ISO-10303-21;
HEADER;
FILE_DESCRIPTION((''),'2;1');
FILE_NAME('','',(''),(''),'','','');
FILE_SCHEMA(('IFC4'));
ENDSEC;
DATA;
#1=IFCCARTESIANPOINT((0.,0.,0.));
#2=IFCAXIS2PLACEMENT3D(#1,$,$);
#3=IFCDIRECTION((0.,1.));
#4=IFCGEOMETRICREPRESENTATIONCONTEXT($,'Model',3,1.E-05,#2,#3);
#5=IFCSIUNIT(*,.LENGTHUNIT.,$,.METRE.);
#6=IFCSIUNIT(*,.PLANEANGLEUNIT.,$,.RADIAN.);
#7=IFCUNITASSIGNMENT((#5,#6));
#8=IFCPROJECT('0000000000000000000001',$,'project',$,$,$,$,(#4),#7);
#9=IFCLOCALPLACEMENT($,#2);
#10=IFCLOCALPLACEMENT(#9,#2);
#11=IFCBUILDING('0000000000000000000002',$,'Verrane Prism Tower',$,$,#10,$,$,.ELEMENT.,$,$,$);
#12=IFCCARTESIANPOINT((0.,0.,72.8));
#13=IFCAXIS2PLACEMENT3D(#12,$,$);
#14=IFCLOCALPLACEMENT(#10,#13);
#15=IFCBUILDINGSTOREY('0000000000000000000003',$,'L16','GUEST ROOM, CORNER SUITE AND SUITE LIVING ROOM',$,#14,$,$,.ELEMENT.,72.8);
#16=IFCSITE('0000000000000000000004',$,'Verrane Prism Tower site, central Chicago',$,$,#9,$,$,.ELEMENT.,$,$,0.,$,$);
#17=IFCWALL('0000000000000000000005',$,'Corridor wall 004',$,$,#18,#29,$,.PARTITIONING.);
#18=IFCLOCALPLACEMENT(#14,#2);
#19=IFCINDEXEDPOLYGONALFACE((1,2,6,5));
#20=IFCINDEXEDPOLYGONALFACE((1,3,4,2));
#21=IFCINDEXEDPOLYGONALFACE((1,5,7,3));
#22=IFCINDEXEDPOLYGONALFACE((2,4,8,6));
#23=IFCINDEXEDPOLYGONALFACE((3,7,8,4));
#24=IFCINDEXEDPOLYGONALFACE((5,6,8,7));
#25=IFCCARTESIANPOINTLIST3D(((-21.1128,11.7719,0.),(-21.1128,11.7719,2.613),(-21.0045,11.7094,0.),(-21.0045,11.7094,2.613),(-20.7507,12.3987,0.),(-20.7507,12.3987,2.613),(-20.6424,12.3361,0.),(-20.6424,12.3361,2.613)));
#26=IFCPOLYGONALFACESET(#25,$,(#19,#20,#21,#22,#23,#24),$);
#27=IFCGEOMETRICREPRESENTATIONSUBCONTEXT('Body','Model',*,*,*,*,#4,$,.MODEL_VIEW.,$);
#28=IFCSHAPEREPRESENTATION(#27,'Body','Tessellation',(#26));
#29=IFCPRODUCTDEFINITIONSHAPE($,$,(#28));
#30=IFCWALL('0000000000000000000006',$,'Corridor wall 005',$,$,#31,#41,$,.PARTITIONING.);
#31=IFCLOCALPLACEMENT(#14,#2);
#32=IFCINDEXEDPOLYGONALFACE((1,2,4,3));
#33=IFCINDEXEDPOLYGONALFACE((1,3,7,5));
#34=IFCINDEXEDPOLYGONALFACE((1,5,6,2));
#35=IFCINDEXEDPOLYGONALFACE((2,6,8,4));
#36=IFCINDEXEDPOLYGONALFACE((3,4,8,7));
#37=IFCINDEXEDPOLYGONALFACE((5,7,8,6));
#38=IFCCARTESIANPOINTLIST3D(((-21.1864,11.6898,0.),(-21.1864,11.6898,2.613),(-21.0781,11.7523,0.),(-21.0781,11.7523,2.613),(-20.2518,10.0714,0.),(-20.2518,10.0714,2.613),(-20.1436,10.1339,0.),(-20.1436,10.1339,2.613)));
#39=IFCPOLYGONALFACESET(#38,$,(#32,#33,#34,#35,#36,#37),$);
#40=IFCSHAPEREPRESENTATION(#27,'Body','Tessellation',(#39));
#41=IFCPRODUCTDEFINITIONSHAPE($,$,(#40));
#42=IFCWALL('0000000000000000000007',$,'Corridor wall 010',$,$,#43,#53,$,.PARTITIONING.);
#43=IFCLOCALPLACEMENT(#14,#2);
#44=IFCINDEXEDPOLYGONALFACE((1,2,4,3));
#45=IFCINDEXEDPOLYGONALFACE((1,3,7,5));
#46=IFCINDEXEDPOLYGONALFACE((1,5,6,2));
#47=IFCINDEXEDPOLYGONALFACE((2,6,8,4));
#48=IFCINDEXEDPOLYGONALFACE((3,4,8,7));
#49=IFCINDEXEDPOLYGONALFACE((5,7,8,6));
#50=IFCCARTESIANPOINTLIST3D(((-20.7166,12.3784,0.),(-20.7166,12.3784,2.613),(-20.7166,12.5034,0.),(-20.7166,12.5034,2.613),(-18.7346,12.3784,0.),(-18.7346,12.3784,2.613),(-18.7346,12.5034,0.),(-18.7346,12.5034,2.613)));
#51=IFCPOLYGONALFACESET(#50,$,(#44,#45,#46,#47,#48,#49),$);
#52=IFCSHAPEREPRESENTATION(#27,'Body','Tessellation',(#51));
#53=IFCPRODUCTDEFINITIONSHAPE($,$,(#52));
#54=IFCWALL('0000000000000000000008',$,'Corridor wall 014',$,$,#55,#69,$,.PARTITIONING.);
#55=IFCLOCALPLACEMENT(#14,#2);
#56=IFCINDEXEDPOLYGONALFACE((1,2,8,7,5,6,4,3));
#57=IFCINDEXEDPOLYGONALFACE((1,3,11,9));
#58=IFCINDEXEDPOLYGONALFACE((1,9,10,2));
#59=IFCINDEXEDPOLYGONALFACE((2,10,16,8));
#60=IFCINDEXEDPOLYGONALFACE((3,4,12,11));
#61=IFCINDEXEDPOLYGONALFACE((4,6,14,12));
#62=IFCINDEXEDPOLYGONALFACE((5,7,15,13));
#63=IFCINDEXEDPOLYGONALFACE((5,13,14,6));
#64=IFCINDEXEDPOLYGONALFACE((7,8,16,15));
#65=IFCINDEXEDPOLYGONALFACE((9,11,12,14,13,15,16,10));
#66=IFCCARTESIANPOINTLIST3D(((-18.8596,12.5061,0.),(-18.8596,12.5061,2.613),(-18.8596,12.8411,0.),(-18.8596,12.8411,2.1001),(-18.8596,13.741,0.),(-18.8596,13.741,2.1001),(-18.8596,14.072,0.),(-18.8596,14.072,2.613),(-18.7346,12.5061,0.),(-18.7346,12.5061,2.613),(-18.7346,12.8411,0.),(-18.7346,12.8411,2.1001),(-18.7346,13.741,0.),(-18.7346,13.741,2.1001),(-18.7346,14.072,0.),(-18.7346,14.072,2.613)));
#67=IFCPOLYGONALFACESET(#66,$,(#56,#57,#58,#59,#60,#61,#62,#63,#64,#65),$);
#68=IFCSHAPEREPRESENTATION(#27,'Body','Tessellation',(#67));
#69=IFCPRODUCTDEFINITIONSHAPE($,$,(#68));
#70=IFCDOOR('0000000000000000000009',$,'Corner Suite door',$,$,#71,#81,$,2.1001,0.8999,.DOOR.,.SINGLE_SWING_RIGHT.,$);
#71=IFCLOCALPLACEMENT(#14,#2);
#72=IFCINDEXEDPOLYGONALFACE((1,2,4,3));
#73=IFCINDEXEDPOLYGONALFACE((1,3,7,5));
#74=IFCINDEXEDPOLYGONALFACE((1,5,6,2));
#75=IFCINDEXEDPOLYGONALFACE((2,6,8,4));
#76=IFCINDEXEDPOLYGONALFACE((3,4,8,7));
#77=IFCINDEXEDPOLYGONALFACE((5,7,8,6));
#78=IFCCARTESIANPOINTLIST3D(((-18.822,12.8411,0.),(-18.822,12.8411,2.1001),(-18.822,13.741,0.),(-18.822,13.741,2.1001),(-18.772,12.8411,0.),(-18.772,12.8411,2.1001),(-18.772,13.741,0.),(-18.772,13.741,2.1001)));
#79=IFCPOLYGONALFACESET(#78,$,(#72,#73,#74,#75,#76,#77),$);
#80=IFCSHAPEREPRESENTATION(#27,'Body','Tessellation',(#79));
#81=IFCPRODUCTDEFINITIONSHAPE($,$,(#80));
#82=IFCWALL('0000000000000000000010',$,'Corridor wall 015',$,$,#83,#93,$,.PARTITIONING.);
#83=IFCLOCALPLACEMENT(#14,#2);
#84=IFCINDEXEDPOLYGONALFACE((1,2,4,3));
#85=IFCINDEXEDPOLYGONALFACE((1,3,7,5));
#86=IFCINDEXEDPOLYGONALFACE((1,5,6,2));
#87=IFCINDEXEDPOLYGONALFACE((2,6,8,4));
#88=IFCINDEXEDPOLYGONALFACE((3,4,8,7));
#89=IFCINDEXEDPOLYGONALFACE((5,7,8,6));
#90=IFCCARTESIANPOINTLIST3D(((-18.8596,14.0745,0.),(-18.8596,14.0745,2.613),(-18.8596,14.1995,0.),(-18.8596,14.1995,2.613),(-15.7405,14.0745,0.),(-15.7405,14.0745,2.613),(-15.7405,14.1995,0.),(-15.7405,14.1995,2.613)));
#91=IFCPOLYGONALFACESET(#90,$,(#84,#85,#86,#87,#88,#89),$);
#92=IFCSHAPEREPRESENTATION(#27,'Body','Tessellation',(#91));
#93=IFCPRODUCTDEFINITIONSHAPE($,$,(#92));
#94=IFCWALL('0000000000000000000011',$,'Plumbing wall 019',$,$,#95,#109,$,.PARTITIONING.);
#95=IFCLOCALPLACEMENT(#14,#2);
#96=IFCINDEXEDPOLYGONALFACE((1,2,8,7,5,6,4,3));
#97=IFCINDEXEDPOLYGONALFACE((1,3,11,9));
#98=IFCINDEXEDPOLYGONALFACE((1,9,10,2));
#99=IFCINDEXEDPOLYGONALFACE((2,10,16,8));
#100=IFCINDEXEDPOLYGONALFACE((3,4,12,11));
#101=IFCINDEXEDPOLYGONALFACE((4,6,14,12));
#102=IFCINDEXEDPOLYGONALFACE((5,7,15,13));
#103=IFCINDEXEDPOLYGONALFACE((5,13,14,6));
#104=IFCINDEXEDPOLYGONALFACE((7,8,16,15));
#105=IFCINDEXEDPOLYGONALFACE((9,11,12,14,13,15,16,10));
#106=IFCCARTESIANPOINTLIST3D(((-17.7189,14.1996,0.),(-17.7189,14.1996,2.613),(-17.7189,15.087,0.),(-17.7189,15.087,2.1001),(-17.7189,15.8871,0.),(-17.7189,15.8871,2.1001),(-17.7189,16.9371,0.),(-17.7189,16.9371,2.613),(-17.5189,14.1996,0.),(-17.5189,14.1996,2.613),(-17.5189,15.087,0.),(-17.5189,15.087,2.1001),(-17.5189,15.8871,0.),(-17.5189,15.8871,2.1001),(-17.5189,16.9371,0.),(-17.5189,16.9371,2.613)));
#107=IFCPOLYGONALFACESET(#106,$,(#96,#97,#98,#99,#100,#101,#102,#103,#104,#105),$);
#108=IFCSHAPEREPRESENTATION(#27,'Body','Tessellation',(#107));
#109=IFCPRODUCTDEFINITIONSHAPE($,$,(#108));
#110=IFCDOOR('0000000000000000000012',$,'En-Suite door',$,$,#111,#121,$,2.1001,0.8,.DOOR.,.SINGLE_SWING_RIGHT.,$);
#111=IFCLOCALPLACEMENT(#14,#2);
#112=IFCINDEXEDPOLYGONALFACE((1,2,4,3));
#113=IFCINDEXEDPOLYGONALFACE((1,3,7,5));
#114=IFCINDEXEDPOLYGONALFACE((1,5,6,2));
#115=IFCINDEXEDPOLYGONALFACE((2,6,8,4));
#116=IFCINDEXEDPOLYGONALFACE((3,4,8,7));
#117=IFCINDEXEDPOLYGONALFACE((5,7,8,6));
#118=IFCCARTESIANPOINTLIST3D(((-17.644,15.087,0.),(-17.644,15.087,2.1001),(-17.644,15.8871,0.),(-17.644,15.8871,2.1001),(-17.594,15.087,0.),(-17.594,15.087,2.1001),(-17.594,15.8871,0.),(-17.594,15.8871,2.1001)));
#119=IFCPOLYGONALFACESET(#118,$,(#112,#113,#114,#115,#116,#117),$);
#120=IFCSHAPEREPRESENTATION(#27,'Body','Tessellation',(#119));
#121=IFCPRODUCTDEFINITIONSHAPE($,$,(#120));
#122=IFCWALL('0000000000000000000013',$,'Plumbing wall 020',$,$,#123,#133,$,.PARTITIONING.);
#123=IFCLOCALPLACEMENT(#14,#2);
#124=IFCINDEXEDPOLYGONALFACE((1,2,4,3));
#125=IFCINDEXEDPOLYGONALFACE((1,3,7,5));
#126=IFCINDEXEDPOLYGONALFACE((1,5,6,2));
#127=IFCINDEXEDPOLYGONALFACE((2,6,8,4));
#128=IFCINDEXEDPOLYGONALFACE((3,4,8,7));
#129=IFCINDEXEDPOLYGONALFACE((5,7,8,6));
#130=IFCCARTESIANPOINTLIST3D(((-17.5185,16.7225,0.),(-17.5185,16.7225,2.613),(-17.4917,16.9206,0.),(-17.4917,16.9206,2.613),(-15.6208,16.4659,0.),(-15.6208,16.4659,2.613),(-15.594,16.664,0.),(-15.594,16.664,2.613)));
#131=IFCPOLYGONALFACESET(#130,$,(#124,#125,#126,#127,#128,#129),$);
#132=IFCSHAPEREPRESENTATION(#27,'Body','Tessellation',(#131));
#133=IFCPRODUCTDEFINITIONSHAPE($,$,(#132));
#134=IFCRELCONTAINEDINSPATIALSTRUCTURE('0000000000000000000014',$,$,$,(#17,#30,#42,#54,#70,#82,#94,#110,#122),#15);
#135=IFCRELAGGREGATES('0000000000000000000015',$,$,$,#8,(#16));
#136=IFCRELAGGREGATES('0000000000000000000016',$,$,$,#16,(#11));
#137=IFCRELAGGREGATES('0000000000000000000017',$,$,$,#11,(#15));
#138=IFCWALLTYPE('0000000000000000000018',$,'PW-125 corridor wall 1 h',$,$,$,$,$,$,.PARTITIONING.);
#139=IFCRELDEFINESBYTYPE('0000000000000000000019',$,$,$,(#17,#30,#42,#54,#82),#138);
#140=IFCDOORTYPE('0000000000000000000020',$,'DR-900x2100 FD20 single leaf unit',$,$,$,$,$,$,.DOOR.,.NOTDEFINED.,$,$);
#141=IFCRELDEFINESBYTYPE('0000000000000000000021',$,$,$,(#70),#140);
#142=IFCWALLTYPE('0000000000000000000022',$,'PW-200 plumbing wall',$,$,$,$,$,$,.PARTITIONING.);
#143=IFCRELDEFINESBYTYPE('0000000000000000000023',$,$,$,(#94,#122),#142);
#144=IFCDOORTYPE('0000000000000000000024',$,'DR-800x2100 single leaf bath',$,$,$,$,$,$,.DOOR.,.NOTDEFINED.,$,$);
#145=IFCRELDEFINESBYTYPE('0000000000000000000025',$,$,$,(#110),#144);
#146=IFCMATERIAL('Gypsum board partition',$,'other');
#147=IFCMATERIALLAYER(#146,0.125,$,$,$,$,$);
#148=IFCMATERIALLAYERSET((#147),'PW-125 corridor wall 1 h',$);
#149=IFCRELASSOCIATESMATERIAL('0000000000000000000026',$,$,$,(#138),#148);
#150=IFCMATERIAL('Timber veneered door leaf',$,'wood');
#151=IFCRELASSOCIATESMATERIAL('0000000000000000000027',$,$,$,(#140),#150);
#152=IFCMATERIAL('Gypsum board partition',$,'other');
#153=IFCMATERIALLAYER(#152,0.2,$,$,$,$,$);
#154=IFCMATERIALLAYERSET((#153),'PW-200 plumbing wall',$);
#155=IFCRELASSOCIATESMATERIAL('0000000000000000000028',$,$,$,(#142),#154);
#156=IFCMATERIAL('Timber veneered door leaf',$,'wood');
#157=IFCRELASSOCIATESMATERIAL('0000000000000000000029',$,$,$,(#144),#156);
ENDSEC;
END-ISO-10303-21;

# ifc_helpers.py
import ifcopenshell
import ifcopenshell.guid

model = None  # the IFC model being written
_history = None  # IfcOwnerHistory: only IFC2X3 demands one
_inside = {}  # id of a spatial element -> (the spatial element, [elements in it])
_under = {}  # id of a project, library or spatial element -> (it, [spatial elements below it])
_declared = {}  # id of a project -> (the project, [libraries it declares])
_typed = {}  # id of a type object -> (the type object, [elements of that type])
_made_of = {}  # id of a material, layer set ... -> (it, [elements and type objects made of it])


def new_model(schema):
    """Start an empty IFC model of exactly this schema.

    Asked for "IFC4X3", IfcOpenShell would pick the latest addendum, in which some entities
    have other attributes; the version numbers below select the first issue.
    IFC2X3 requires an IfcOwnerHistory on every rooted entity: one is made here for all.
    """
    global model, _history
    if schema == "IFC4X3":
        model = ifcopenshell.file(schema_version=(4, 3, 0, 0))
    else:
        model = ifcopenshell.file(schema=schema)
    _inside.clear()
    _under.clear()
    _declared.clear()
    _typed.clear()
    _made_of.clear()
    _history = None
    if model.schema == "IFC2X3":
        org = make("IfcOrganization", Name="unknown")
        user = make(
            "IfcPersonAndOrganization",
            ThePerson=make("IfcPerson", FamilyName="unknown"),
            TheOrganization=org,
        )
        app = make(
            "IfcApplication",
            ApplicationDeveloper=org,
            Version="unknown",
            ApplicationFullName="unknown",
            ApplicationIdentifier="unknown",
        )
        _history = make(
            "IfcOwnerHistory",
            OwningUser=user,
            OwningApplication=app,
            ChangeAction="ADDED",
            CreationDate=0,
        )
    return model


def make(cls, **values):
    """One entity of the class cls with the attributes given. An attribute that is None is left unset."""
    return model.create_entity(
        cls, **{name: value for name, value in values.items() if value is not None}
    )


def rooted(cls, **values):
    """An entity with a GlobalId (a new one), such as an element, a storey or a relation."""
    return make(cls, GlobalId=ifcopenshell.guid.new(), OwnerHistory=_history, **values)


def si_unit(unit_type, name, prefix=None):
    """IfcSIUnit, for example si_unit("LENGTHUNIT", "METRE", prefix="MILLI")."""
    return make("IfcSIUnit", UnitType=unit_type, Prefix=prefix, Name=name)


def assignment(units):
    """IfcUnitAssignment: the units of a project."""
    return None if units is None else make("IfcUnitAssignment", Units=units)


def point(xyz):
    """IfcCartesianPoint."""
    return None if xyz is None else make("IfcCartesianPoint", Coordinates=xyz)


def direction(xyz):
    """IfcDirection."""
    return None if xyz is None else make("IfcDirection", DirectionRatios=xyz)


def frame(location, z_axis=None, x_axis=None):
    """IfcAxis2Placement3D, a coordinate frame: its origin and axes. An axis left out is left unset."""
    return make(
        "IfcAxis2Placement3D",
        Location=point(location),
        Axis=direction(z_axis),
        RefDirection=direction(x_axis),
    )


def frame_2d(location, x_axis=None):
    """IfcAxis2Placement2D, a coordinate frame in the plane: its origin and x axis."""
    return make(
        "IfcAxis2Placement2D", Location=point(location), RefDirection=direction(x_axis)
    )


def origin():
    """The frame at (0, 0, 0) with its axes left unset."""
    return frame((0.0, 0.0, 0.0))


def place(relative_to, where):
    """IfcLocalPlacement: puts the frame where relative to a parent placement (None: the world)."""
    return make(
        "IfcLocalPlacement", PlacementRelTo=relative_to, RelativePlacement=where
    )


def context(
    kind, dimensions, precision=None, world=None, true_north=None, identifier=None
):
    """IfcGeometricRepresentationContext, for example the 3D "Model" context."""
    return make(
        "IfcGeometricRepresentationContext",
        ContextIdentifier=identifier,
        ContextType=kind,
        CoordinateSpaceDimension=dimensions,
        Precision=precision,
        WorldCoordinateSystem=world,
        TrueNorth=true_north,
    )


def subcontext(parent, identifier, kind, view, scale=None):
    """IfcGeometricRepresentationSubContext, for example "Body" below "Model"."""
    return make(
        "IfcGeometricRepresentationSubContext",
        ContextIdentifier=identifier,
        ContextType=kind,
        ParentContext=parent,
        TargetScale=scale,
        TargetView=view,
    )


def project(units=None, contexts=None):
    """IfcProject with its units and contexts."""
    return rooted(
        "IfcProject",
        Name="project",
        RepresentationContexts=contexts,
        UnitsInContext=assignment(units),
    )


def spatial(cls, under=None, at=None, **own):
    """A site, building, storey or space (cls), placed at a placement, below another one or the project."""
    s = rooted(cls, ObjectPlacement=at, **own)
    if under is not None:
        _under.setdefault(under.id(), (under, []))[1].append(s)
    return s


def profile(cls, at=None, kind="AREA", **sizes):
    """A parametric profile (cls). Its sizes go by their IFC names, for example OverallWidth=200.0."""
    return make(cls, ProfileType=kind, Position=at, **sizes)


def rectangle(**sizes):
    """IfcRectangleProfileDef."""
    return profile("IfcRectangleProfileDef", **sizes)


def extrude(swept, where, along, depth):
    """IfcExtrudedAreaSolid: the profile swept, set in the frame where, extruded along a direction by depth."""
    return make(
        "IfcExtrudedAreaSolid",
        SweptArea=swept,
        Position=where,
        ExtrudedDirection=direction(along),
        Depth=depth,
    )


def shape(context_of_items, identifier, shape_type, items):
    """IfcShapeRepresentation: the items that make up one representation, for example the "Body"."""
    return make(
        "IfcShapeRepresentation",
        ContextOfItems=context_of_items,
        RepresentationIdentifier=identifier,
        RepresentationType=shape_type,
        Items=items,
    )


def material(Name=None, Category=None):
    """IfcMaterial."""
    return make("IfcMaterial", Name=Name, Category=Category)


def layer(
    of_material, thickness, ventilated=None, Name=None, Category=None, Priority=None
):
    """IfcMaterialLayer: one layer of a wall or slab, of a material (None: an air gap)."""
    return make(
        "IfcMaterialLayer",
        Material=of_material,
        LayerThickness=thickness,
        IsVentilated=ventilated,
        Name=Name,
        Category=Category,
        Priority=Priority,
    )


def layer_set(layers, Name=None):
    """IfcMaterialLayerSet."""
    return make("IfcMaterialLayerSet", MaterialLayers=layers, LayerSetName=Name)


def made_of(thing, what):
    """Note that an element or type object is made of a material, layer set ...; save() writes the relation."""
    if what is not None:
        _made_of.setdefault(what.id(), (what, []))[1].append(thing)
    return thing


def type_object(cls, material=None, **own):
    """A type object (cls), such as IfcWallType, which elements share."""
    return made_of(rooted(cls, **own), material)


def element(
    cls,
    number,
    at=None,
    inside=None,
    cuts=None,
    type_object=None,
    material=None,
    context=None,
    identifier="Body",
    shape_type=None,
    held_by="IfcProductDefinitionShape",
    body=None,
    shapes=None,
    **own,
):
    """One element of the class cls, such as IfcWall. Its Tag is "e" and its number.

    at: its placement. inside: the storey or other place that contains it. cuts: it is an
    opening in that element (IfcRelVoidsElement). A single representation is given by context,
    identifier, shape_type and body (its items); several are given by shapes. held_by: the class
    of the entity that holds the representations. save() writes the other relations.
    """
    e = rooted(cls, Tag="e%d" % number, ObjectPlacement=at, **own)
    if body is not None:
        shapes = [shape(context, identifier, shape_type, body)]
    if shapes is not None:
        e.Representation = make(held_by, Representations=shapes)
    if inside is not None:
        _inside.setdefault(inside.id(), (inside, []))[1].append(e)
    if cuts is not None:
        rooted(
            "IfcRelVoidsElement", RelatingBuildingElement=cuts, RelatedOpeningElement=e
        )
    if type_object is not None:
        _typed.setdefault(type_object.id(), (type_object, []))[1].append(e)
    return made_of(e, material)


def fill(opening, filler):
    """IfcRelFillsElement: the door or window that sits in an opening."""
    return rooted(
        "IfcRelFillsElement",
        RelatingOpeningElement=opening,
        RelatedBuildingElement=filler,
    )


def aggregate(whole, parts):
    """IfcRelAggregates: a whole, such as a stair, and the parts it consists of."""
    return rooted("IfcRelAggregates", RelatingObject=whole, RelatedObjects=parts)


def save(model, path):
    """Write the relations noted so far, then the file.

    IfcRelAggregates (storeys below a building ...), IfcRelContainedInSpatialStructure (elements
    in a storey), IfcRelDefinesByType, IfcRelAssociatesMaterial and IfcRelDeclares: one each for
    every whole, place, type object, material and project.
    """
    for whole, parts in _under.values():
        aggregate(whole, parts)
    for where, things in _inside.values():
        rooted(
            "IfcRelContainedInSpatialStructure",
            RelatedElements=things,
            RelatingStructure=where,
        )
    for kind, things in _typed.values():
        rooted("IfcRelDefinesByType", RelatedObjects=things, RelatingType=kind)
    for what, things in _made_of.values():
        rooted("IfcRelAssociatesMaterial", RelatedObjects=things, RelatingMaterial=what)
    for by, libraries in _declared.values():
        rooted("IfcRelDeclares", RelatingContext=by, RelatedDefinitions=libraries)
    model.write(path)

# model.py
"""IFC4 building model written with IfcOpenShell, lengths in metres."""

from ifc_helpers import new_model, si_unit, direction, frame, frame_2d, origin, place, context, subcontext, project, spatial, rectangle, extrude, material, layer, layer_set, type_object, element, fill, save


model = new_model("IFC4")

# Units and contexts
model_context = context("Model", 3, precision=1e-05, world=origin(), true_north=direction((0.0, 1.0)))
body_context = subcontext(model_context, "Body", "Model", "MODEL_VIEW")
ifc_project = project(units=[si_unit("LENGTHUNIT", "METRE"), si_unit("PLANEANGLEUNIT", "RADIAN")], contexts=[model_context])

# Site, building, storey
site_placement = place(None, origin())
site = spatial("IfcSite", under=ifc_project, at=site_placement, Name="Verrane Prism Tower site, central Chicago", CompositionType="ELEMENT", RefElevation=0.0)
building_placement = place(site_placement, origin())
building = spatial("IfcBuilding", under=site, at=building_placement, Name="Verrane Prism Tower", CompositionType="ELEMENT")
storey_placement = place(building_placement, frame((0.0, 0.0, 72.8)))
storey = spatial("IfcBuildingStorey", under=building, at=storey_placement, Name="L16", Description="GUEST ROOM, CORNER SUITE AND SUITE LIVING ROOM", CompositionType="ELEMENT", Elevation=72.8)

# Walls
ifc_material_1 = material(Name="Gypsum board partition", Category="other")
ifc_layer_1 = layer(ifc_material_1, 0.125)
ifc_layer_set_1 = layer_set([ifc_layer_1], Name="PW-125 corridor wall 1 h")
wall_type_1 = type_object("IfcWallType", Name="PW-125 corridor wall 1 h", PredefinedType="PARTITIONING", material=ifc_layer_set_1)
wall_1_placement = place(storey_placement, frame((-21.0586, 11.7407, 0.0), z_axis=(0.0, 0.0, 1.0), x_axis=(0.500238, 0.865888, 0.0)))
element("IfcWall", 1, at=wall_1_placement, inside=storey, type_object=wall_type_1, Name="Corridor wall 004", PredefinedType="PARTITIONING", context=body_context, shape_type="SweptSolid", body=[
    extrude(rectangle(XDim=0.7239, YDim=0.125, at=frame_2d((0.3618, 0.0))), origin(), (0.0, 0.0, 1.0), 2.613),
])
wall_2_placement = place(storey_placement, frame((-21.1323, 11.7212, 0.0), z_axis=(0.0, 0.0, 1.0), x_axis=(0.500073, -0.865983, 0.0)))
element("IfcWall", 2, at=wall_2_placement, inside=storey, type_object=wall_type_1, Name="Corridor wall 005", PredefinedType="PARTITIONING", context=body_context, shape_type="SweptSolid", body=[
    extrude(rectangle(XDim=1.8689, YDim=0.125, at=frame_2d((0.9346, 0.0))), origin(), (0.0, 0.0, 1.0), 2.613),
])
wall_3_placement = place(storey_placement, frame((-20.7166, 12.4409, 0.0), z_axis=(0.0, 0.0, 1.0), x_axis=(1.0, 0.0, 0.0)))
element("IfcWall", 3, at=wall_3_placement, inside=storey, type_object=wall_type_1, Name="Corridor wall 010", PredefinedType="PARTITIONING", context=body_context, shape_type="SweptSolid", body=[
    extrude(rectangle(XDim=1.9819, YDim=0.125, at=frame_2d((0.991, 0.0))), origin(), (0.0, 0.0, 1.0), 2.613),
])

# Wall, opening, door
wall_4_placement = place(storey_placement, frame((-18.7971, 12.5061, 0.0), z_axis=(0.0, 0.0, 1.0), x_axis=(0.0, 1.0, 0.0)))
wall_4 = element("IfcWall", 4, at=wall_4_placement, inside=storey, type_object=wall_type_1, Name="Corridor wall 014", PredefinedType="PARTITIONING", context=body_context, shape_type="SweptSolid", body=[
    extrude(rectangle(XDim=1.5659, YDim=0.125, at=frame_2d((0.783, 0.0))), origin(), (0.0, 0.0, 1.0), 2.613),
])
opening_1_placement = place(wall_4_placement, frame((0.335, 0.0, 0.0)))
opening_1 = element("IfcOpeningElement", 5, at=opening_1_placement, cuts=wall_4, PredefinedType="OPENING", context=body_context, shape_type="SweptSolid", body=[
    extrude(rectangle(XDim=0.8999, YDim=2.1001, at=frame_2d((0.45, 1.05))), frame((0.0, 0.0725, 0.0), z_axis=(0.0, -1.0, 0.0), x_axis=(1.0, 0.0, 0.0)), (0.0, 0.0, 1.0), 0.145),
])
ifc_material_2 = material(Name="Timber veneered door leaf", Category="wood")
door_type_1 = type_object("IfcDoorType", Name="DR-900x2100 FD20 single leaf unit", OperationType="NOTDEFINED", PredefinedType="DOOR", material=ifc_material_2)
door_1_placement = place(opening_1_placement, origin())
door_1 = element("IfcDoor", 6, at=door_1_placement, inside=storey, type_object=door_type_1, Name="Corner Suite door", OperationType="SINGLE_SWING_RIGHT", OverallHeight=2.1001, OverallWidth=0.8999, PredefinedType="DOOR", context=body_context, shape_type="SweptSolid", body=[
    extrude(rectangle(XDim=0.8999, YDim=2.1001, at=frame_2d((0.45, 1.05))), frame((0.0, 0.0249, 0.0), z_axis=(0.0, -1.0, 0.0), x_axis=(1.0, 0.0, 0.0)), (0.0, 0.0, 1.0), 0.05),
])
fill(opening_1, door_1)

# Wall
wall_5_placement = place(storey_placement, frame((-18.8596, 14.137, 0.0), z_axis=(0.0, 0.0, 1.0), x_axis=(1.0, 0.0, 0.0)))
element("IfcWall", 7, at=wall_5_placement, inside=storey, type_object=wall_type_1, Name="Corridor wall 015", PredefinedType="PARTITIONING", context=body_context, shape_type="SweptSolid", body=[
    extrude(rectangle(XDim=3.1191, YDim=0.125, at=frame_2d((1.5596, 0.0))), origin(), (0.0, 0.0, 1.0), 2.613),
])

# Wall, opening, door
ifc_material_3 = material(Name="Gypsum board partition", Category="other")
ifc_layer_2 = layer(ifc_material_3, 0.2)
ifc_layer_set_2 = layer_set([ifc_layer_2], Name="PW-200 plumbing wall")
wall_type_2 = type_object("IfcWallType", Name="PW-200 plumbing wall", PredefinedType="PARTITIONING", material=ifc_layer_set_2)
wall_6_placement = place(storey_placement, frame((-17.6189, 16.937, 0.0), z_axis=(0.0, 0.0, 1.0), x_axis=(0.0, -1.0, 0.0)))
wall_6 = element("IfcWall", 8, at=wall_6_placement, inside=storey, type_object=wall_type_2, Name="Plumbing wall 019", PredefinedType="PARTITIONING", context=body_context, shape_type="SweptSolid", body=[
    extrude(rectangle(XDim=2.7375, YDim=0.2, at=frame_2d((1.3687, 0.0))), origin(), (0.0, 0.0, 1.0), 2.613),
])
opening_2_placement = place(wall_6_placement, frame((1.05, 0.0, 0.0)))
opening_2 = element("IfcOpeningElement", 9, at=opening_2_placement, cuts=wall_6, PredefinedType="OPENING", context=body_context, shape_type="SweptSolid", body=[
    extrude(rectangle(XDim=0.8, YDim=2.1001, at=frame_2d((0.3999, 1.05))), frame((0.0, 0.1099, 0.0), z_axis=(0.0, -1.0, 0.0), x_axis=(1.0, 0.0, 0.0)), (0.0, 0.0, 1.0), 0.22),
])
ifc_material_4 = material(Name="Timber veneered door leaf", Category="wood")
door_type_2 = type_object("IfcDoorType", Name="DR-800x2100 single leaf bath", OperationType="NOTDEFINED", PredefinedType="DOOR", material=ifc_material_4)
door_2_placement = place(opening_2_placement, origin())
door_2 = element("IfcDoor", 10, at=door_2_placement, inside=storey, type_object=door_type_2, Name="En-Suite door", OperationType="SINGLE_SWING_RIGHT", OverallHeight=2.1001, OverallWidth=0.8, PredefinedType="DOOR", context=body_context, shape_type="SweptSolid", body=[
    extrude(rectangle(XDim=0.8, YDim=2.1001, at=frame_2d((0.3999, 1.05))), frame((0.0, 0.0249, 0.0), z_axis=(0.0, -1.0, 0.0), x_axis=(1.0, 0.0, 0.0)), (0.0, 0.0, 1.0), 0.05),
])
fill(opening_2, door_2)

# Wall
wall_7_placement = place(storey_placement, frame((-17.5051, 16.8215, 0.0), z_axis=(0.0, 0.0, 1.0), x_axis=(0.990982, -0.133992, 0.0)))
element("IfcWall", 11, at=wall_7_placement, inside=storey, type_object=wall_type_2, Name="Plumbing wall 020", PredefinedType="PARTITIONING", context=body_context, shape_type="SweptSolid", body=[
    extrude(rectangle(XDim=1.915, YDim=0.2, at=frame_2d((0.9575, 0.0))), origin(), (0.0, 0.0, 1.0), 2.613),
])

save(model, "model.ifc")
